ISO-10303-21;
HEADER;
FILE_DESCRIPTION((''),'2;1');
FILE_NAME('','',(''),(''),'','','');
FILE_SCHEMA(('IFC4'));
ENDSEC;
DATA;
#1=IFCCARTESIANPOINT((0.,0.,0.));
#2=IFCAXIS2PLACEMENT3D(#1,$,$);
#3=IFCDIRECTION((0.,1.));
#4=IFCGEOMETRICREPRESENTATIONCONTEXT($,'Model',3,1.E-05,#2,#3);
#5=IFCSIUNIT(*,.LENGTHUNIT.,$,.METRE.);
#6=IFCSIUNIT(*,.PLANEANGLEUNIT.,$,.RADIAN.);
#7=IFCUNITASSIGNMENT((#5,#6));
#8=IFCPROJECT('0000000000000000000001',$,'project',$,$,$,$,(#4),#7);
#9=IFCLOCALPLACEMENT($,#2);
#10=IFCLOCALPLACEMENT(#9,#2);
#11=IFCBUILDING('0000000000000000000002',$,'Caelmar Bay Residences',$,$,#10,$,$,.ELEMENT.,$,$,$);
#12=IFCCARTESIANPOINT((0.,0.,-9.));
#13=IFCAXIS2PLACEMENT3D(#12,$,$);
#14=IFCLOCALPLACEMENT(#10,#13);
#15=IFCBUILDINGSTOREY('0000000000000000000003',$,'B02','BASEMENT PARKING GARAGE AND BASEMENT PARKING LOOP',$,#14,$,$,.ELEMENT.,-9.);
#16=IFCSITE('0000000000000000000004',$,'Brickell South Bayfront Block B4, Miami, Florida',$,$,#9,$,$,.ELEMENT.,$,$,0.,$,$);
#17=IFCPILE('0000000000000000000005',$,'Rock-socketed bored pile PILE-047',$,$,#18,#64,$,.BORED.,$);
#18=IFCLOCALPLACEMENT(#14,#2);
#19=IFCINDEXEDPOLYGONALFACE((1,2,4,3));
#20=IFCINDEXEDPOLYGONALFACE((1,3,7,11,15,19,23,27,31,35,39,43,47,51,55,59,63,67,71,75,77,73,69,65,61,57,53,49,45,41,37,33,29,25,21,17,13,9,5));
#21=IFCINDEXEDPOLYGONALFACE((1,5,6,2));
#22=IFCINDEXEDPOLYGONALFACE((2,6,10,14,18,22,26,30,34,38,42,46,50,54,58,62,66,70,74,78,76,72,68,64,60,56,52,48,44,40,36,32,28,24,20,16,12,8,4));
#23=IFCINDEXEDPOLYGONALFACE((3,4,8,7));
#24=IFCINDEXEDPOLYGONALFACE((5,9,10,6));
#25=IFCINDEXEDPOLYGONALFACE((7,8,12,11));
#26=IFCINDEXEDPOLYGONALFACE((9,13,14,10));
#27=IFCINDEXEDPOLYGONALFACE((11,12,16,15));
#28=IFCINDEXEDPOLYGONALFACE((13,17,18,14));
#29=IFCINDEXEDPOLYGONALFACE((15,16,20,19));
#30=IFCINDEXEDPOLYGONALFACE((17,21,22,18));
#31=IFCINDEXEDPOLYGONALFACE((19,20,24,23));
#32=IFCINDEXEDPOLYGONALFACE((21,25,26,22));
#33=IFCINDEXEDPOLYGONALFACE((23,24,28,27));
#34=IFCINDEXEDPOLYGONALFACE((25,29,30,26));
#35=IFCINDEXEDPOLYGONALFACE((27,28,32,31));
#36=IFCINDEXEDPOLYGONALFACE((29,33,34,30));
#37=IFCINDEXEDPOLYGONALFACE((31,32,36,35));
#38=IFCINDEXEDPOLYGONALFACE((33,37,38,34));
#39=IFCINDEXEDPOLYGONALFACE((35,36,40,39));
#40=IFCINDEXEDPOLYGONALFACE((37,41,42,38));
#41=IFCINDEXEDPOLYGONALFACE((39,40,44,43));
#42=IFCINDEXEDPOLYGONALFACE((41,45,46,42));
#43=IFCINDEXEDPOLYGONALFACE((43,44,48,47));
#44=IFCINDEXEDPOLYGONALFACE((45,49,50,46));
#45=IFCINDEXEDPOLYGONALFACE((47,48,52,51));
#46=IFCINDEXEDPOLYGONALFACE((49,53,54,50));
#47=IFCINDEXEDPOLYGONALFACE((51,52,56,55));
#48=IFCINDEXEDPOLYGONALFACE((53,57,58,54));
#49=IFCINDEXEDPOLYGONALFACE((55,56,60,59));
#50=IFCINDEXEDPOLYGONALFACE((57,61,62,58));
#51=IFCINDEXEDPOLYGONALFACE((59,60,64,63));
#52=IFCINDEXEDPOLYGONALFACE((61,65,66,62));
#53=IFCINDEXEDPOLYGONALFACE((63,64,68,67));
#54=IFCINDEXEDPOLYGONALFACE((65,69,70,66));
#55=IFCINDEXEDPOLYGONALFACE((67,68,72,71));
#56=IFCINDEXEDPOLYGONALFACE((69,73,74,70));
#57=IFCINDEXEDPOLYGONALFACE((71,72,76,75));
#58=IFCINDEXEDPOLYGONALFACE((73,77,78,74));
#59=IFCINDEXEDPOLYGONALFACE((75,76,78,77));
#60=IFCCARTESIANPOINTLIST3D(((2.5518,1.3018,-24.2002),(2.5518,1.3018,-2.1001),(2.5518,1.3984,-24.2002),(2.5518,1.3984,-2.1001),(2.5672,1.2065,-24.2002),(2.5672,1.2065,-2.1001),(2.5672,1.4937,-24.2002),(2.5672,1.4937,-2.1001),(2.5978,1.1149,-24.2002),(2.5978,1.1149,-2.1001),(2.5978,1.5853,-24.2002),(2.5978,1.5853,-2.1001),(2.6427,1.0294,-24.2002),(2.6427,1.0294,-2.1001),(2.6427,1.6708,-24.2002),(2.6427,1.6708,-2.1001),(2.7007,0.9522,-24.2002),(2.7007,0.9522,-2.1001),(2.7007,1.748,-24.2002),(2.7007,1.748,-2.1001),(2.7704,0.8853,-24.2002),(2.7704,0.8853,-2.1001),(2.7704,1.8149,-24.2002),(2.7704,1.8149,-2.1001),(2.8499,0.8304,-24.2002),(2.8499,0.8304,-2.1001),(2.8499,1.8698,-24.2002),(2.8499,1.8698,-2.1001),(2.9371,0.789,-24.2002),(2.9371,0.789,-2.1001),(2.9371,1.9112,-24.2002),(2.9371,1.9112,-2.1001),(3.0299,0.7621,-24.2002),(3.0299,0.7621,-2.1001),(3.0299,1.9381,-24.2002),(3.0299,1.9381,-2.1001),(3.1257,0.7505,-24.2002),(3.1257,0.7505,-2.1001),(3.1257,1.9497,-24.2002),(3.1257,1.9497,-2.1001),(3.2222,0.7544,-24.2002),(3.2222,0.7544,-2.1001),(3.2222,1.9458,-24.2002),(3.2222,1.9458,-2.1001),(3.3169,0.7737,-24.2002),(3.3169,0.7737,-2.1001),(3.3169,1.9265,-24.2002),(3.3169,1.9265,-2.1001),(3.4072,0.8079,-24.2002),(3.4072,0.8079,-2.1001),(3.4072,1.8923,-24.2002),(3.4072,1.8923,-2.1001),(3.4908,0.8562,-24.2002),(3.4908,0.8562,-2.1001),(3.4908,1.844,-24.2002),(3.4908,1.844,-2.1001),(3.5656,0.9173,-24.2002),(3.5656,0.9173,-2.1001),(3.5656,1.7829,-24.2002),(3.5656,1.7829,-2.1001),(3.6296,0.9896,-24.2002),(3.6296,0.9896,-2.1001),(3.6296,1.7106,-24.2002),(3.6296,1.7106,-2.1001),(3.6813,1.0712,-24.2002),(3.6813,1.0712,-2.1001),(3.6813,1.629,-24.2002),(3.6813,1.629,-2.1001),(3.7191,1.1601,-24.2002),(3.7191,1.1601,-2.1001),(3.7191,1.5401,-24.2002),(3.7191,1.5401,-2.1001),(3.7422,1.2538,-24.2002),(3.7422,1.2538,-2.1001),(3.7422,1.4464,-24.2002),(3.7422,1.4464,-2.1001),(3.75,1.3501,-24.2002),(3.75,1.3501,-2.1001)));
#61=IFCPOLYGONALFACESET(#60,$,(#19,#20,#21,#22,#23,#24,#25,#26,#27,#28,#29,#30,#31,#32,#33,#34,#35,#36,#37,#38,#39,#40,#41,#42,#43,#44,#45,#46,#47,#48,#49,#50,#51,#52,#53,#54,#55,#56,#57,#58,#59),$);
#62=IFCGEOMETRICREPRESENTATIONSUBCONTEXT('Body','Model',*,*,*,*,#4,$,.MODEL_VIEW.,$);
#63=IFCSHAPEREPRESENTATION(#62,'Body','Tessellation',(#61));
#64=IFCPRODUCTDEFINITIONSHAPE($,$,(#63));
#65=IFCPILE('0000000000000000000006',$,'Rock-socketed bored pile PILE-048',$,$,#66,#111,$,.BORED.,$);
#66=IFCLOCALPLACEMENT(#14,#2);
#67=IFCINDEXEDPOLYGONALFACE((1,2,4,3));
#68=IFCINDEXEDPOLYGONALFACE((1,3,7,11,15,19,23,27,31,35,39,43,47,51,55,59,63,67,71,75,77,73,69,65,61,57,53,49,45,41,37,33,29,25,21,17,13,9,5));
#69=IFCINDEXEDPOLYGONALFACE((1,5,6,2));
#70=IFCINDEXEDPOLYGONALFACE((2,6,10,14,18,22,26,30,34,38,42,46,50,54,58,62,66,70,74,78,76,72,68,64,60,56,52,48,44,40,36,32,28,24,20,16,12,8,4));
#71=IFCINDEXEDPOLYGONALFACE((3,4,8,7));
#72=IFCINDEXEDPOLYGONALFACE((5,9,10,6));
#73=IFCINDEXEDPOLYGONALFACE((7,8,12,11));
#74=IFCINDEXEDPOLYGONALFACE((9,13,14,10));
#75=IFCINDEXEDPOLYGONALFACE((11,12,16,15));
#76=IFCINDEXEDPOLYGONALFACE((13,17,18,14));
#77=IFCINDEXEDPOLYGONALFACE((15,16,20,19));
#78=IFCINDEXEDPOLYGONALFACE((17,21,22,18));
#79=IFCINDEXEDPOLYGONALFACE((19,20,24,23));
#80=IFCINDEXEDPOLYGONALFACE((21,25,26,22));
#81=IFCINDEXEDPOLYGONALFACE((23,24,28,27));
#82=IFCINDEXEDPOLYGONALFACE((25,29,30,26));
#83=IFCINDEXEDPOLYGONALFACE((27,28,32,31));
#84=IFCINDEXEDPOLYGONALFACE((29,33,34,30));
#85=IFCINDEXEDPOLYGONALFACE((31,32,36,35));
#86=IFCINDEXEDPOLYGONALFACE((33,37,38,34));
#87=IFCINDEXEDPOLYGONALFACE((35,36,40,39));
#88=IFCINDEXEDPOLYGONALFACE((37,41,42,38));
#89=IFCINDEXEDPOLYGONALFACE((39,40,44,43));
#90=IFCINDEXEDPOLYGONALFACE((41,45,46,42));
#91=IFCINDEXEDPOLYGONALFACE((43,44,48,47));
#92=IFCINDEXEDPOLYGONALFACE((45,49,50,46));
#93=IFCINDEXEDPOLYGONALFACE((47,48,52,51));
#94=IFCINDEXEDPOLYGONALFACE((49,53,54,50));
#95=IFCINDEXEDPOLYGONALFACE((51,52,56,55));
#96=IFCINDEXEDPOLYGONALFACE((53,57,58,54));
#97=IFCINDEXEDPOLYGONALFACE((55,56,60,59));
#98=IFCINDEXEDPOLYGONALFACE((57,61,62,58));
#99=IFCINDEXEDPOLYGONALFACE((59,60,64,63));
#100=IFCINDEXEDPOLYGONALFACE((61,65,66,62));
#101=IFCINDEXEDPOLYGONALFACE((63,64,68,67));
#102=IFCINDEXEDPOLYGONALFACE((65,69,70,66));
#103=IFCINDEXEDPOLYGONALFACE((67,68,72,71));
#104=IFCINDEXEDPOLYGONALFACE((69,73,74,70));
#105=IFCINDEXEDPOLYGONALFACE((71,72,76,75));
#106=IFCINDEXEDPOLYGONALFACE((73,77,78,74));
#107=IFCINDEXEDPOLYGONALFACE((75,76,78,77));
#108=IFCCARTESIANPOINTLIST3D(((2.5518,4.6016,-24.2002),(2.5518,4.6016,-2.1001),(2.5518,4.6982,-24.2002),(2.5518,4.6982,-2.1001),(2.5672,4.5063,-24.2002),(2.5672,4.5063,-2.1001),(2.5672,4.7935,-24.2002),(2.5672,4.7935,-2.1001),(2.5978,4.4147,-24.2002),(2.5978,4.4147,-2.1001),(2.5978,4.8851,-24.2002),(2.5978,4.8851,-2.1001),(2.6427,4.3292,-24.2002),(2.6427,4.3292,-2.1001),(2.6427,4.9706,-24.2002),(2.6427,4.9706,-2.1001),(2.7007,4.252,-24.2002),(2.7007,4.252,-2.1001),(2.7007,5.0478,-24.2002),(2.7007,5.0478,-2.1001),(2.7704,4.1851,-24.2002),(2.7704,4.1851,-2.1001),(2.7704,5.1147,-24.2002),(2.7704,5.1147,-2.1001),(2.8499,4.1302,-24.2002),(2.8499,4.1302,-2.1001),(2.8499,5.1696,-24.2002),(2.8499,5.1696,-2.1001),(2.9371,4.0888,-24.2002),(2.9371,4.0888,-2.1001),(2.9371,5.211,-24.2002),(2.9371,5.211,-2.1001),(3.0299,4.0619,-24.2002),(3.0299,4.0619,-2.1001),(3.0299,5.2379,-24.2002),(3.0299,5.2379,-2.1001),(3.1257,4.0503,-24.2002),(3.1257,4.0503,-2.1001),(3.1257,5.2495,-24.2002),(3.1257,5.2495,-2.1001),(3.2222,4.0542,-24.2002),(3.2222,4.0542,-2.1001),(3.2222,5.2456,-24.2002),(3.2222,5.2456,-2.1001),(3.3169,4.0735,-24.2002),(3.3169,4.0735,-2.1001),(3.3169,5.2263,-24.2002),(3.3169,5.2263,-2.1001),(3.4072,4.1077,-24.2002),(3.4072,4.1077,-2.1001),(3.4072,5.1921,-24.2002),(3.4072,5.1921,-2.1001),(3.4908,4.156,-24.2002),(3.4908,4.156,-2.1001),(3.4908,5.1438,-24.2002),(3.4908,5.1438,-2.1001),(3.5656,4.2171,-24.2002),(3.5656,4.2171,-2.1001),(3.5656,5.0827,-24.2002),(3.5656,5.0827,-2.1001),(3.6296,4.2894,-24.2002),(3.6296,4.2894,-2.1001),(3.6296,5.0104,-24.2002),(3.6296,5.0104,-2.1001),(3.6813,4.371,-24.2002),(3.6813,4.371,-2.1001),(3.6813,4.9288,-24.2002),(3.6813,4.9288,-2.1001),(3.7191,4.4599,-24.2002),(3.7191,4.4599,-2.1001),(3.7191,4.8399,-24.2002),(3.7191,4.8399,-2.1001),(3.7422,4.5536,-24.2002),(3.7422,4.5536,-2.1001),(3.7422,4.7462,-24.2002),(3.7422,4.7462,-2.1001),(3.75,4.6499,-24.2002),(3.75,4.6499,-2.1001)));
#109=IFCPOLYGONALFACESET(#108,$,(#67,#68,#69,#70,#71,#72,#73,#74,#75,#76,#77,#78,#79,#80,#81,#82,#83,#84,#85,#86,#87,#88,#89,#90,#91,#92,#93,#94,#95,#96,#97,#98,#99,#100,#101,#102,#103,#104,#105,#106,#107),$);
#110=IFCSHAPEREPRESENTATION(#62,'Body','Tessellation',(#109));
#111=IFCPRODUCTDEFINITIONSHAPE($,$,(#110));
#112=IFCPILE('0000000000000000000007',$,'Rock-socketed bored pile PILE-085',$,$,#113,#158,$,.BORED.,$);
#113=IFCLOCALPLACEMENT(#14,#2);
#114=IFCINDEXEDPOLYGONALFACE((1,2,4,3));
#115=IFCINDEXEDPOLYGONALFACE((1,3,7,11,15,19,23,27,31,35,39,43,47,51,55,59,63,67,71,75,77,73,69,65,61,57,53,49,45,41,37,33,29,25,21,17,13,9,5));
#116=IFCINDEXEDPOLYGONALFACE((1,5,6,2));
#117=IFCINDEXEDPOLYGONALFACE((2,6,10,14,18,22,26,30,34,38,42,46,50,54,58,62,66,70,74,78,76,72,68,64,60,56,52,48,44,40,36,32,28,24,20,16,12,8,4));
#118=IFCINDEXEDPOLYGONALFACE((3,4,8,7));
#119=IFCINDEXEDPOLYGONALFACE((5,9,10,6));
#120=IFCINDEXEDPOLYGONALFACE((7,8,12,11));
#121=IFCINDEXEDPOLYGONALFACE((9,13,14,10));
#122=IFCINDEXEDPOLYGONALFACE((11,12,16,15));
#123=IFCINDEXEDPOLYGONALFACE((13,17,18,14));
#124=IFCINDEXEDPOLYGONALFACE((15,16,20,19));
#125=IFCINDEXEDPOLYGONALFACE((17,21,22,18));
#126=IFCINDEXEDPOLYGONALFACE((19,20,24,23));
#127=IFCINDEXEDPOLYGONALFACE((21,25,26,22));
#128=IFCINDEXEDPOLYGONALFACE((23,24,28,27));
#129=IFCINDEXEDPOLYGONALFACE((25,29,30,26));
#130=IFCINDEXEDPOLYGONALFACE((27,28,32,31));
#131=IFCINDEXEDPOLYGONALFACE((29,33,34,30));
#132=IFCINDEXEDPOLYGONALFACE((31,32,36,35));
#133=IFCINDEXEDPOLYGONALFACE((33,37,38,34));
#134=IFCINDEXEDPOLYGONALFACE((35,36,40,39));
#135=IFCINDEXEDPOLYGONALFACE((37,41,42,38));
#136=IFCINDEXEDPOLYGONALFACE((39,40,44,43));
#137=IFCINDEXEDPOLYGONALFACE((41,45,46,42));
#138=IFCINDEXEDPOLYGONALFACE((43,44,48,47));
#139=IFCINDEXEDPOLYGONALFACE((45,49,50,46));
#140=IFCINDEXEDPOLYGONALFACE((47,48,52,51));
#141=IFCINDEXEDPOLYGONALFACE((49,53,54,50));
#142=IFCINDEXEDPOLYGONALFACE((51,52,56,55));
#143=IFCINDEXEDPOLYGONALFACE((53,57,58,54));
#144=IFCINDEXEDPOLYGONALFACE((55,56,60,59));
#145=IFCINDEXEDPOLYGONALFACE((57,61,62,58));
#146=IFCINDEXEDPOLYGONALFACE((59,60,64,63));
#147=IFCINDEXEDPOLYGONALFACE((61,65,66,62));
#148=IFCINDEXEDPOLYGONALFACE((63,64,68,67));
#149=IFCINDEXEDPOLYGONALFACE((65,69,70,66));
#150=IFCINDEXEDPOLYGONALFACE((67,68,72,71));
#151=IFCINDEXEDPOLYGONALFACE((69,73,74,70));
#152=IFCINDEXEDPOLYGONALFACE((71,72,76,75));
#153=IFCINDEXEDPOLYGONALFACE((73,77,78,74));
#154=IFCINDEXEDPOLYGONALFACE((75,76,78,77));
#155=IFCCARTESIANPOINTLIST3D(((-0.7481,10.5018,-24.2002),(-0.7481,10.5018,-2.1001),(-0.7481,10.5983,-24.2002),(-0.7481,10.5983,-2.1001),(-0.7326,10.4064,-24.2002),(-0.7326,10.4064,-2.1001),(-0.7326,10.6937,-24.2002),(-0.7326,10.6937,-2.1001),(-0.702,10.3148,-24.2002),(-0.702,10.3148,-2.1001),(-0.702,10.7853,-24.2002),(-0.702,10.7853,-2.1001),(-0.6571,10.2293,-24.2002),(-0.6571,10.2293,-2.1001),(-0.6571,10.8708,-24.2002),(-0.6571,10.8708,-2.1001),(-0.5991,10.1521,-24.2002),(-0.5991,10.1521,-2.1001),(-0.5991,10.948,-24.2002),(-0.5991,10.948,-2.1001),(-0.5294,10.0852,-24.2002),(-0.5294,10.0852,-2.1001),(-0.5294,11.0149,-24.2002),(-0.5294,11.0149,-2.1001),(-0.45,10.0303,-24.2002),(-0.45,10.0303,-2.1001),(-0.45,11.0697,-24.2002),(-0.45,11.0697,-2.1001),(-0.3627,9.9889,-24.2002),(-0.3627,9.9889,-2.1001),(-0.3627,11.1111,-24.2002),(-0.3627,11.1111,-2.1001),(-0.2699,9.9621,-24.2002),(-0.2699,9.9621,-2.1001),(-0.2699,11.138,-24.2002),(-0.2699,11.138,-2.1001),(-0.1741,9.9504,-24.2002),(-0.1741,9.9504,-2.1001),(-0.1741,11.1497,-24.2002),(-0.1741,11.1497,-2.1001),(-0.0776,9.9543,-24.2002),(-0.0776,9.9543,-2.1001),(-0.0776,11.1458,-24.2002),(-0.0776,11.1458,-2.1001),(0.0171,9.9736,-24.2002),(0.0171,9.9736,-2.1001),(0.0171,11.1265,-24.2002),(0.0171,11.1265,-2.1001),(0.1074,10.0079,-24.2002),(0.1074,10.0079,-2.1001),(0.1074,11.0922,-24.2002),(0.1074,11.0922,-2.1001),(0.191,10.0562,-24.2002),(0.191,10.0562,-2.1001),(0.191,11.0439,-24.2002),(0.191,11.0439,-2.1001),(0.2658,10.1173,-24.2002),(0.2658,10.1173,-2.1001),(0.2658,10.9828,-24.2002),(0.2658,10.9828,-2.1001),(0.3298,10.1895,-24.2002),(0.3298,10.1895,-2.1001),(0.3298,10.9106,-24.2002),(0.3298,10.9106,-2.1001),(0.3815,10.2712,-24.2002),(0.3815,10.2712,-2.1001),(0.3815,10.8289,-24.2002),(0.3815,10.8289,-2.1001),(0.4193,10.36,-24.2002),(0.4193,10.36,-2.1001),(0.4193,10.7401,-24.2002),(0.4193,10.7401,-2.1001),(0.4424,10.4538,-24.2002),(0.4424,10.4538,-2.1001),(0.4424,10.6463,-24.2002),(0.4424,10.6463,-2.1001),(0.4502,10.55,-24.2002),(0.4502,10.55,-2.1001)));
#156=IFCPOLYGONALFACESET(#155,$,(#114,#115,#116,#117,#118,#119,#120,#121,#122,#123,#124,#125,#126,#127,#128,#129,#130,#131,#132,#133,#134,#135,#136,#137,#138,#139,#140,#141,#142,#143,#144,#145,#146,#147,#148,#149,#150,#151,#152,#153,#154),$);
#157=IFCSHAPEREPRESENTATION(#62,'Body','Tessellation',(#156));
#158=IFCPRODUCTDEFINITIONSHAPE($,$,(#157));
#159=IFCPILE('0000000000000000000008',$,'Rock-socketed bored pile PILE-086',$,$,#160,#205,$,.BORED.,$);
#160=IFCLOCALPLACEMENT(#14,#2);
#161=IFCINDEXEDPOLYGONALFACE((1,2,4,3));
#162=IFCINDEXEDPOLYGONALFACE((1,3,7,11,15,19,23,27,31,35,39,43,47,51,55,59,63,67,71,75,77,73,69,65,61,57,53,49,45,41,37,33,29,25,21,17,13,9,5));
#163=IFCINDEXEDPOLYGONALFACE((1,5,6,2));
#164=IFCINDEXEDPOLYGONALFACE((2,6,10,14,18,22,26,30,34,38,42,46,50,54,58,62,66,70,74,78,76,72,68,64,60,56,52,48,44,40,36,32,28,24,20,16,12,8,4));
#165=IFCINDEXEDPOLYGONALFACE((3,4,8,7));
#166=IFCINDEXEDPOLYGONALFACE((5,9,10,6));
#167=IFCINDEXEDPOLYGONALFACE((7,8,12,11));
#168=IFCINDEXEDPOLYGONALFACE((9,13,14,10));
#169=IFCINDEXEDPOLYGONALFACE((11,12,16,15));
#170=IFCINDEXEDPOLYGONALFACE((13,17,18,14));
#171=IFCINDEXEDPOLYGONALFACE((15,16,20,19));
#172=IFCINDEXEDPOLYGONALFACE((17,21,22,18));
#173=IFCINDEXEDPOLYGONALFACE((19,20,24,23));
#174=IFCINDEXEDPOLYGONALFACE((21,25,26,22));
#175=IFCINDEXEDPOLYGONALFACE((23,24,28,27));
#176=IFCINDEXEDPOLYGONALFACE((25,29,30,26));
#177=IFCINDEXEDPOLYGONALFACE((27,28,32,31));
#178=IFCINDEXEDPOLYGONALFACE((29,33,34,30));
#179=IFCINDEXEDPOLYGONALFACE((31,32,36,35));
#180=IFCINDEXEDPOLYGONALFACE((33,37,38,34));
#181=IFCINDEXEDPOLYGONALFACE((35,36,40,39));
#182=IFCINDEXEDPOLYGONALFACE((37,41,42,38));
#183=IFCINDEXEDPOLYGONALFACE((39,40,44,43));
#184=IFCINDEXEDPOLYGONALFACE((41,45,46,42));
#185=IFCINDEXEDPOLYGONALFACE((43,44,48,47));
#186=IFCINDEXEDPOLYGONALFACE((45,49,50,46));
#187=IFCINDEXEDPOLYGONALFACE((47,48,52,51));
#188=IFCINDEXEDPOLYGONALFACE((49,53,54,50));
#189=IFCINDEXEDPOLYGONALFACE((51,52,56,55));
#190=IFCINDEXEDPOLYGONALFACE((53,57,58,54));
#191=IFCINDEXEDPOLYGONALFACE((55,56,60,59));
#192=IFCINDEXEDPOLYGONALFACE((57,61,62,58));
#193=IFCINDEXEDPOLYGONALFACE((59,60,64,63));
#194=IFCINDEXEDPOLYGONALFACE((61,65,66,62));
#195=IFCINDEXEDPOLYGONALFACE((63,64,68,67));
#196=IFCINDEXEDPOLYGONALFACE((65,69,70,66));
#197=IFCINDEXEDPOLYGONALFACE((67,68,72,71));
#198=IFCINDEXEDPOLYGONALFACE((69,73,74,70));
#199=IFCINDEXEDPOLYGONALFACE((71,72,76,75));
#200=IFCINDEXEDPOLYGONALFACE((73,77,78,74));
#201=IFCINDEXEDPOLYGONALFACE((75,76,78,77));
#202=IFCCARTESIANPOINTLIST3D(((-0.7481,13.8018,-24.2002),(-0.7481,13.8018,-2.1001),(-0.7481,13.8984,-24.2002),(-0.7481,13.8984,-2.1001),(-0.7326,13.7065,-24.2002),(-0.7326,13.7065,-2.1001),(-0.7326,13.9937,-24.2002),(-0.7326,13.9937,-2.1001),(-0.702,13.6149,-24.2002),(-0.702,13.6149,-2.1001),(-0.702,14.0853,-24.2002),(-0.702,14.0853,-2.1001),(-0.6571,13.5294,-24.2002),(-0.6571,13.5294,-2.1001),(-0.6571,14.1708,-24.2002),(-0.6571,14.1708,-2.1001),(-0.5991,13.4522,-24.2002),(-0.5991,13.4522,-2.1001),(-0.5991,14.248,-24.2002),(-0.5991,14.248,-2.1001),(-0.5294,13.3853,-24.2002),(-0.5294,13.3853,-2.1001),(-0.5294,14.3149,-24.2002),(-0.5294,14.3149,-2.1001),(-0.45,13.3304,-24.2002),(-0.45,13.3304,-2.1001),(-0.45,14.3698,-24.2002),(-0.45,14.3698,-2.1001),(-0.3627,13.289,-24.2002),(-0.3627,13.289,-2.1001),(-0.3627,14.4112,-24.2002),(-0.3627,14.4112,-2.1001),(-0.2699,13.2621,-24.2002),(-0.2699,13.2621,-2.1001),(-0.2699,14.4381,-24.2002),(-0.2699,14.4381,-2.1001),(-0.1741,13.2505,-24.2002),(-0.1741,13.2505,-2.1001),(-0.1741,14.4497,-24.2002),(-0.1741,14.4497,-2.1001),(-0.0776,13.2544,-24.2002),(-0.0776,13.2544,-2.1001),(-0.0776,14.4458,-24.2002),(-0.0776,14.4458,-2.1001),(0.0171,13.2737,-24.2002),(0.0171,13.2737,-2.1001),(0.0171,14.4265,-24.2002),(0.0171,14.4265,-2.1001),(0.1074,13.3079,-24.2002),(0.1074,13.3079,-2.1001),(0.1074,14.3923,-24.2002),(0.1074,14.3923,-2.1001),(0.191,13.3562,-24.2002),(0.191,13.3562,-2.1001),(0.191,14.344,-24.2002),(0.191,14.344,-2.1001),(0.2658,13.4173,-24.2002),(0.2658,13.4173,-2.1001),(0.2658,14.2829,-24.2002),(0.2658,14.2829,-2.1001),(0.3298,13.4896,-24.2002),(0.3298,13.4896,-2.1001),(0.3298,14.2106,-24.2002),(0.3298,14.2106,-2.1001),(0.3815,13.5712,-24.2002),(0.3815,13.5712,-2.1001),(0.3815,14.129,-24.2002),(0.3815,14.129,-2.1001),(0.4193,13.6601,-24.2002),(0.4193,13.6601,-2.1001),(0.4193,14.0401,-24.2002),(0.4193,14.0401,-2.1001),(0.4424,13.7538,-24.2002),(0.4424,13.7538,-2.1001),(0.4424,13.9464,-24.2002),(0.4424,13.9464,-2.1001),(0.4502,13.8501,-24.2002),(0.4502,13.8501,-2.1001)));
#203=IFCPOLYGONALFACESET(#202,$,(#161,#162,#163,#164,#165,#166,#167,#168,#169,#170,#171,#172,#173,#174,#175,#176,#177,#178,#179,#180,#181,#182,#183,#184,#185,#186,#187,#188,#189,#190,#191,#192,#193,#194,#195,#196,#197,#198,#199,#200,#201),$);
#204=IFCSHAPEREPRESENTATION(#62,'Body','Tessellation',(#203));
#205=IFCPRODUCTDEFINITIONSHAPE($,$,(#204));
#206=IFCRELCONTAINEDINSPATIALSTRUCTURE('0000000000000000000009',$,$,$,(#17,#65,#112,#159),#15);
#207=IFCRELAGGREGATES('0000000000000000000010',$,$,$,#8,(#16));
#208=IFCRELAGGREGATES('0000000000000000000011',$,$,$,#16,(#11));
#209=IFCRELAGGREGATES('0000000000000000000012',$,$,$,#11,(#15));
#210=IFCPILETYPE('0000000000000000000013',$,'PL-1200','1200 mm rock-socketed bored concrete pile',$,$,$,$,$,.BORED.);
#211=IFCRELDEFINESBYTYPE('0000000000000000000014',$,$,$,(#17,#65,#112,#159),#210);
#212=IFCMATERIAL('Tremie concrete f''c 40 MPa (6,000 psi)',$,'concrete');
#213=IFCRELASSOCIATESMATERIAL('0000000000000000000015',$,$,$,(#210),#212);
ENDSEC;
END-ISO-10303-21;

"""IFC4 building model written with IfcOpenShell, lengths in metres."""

from ifc_helpers import new_model, si_unit, direction, frame, origin, origin_2d, place, context, subcontext, project, spatial, circle, extrude, material, material_profile, profile_set, type_object, element, save


model = new_model("IFC4")

# Units and contexts
model_context = context("Model", 3, precision=1e-05, world=origin(), true_north=direction((0.0, 1.0)))
body_context = subcontext(model_context, "Body", "Model", "MODEL_VIEW")
ifc_project = project(units=[si_unit("LENGTHUNIT", "METRE"), si_unit("PLANEANGLEUNIT", "RADIAN")], contexts=[model_context])

# Site, building, storey
site_placement = place(None, origin())
site = spatial("IfcSite", under=ifc_project, at=site_placement, Name="Brickell South Bayfront Block B4, Miami, Florida", CompositionType="ELEMENT", RefElevation=0.0)
building_placement = place(site_placement, origin())
building = spatial("IfcBuilding", under=site, at=building_placement, Name="Caelmar Bay Residences", CompositionType="ELEMENT")
storey_placement = place(building_placement, frame((0.0, 0.0, -9.0)))
storey = spatial("IfcBuildingStorey", under=building, at=storey_placement, Name="B02", Description="BASEMENT PARKING GARAGE AND BASEMENT PARKING LOOP", CompositionType="ELEMENT", Elevation=-9.0)

# Piles
ifc_material_1 = material(Name="Tremie concrete f'c 40 MPa (6,000 psi)", Category="concrete")
ifc_material_profile_1 = material_profile(ifc_material_1, circle(Radius=0.6001, at=origin_2d()), Name="PILE-1200D")
ifc_profile_set_1 = profile_set([ifc_material_profile_1], Name="Tremie concrete f'c 40 MPa (6,000 psi)")
pile_type = type_object("IfcPileType", Name="PL-1200", Description="1200 mm rock-socketed bored concrete pile", PredefinedType="BORED", material=ifc_profile_set_1)
for number, where, z_axis, x_axis, name in (
    (1, (3.1499, 1.3501, -2.1001), (0.0, 0.0, -1.0), (1.0, 0.0, 0.0), "Rock-socketed bored pile PILE-047"),
    (2, (3.1499, 4.6499, -2.1001), (0.0, 0.0, -1.0), (1.0, 0.0, 0.0), "Rock-socketed bored pile PILE-048"),
    (3, (-0.1499, 10.55, -2.1001), (0.0, 0.0, -1.0), (1.0, 0.0, 0.0), "Rock-socketed bored pile PILE-085"),
    (4, (-0.1499, 13.8501, -2.1001), (0.0, 0.0, -1.0), (1.0, 0.0, 0.0), "Rock-socketed bored pile PILE-086"),
):
    element("IfcPile", number, at=place(storey_placement, frame(where, z_axis=z_axis, x_axis=x_axis)), inside=storey, type_object=pile_type, Name=name, PredefinedType="BORED", context=body_context, shape_type="SweptSolid", body=[
        extrude(circle(Radius=0.6001, at=origin_2d()), origin(), (0.0, 0.0, 1.0), 22.1001),
    ])

save(model, "model.ifc")
